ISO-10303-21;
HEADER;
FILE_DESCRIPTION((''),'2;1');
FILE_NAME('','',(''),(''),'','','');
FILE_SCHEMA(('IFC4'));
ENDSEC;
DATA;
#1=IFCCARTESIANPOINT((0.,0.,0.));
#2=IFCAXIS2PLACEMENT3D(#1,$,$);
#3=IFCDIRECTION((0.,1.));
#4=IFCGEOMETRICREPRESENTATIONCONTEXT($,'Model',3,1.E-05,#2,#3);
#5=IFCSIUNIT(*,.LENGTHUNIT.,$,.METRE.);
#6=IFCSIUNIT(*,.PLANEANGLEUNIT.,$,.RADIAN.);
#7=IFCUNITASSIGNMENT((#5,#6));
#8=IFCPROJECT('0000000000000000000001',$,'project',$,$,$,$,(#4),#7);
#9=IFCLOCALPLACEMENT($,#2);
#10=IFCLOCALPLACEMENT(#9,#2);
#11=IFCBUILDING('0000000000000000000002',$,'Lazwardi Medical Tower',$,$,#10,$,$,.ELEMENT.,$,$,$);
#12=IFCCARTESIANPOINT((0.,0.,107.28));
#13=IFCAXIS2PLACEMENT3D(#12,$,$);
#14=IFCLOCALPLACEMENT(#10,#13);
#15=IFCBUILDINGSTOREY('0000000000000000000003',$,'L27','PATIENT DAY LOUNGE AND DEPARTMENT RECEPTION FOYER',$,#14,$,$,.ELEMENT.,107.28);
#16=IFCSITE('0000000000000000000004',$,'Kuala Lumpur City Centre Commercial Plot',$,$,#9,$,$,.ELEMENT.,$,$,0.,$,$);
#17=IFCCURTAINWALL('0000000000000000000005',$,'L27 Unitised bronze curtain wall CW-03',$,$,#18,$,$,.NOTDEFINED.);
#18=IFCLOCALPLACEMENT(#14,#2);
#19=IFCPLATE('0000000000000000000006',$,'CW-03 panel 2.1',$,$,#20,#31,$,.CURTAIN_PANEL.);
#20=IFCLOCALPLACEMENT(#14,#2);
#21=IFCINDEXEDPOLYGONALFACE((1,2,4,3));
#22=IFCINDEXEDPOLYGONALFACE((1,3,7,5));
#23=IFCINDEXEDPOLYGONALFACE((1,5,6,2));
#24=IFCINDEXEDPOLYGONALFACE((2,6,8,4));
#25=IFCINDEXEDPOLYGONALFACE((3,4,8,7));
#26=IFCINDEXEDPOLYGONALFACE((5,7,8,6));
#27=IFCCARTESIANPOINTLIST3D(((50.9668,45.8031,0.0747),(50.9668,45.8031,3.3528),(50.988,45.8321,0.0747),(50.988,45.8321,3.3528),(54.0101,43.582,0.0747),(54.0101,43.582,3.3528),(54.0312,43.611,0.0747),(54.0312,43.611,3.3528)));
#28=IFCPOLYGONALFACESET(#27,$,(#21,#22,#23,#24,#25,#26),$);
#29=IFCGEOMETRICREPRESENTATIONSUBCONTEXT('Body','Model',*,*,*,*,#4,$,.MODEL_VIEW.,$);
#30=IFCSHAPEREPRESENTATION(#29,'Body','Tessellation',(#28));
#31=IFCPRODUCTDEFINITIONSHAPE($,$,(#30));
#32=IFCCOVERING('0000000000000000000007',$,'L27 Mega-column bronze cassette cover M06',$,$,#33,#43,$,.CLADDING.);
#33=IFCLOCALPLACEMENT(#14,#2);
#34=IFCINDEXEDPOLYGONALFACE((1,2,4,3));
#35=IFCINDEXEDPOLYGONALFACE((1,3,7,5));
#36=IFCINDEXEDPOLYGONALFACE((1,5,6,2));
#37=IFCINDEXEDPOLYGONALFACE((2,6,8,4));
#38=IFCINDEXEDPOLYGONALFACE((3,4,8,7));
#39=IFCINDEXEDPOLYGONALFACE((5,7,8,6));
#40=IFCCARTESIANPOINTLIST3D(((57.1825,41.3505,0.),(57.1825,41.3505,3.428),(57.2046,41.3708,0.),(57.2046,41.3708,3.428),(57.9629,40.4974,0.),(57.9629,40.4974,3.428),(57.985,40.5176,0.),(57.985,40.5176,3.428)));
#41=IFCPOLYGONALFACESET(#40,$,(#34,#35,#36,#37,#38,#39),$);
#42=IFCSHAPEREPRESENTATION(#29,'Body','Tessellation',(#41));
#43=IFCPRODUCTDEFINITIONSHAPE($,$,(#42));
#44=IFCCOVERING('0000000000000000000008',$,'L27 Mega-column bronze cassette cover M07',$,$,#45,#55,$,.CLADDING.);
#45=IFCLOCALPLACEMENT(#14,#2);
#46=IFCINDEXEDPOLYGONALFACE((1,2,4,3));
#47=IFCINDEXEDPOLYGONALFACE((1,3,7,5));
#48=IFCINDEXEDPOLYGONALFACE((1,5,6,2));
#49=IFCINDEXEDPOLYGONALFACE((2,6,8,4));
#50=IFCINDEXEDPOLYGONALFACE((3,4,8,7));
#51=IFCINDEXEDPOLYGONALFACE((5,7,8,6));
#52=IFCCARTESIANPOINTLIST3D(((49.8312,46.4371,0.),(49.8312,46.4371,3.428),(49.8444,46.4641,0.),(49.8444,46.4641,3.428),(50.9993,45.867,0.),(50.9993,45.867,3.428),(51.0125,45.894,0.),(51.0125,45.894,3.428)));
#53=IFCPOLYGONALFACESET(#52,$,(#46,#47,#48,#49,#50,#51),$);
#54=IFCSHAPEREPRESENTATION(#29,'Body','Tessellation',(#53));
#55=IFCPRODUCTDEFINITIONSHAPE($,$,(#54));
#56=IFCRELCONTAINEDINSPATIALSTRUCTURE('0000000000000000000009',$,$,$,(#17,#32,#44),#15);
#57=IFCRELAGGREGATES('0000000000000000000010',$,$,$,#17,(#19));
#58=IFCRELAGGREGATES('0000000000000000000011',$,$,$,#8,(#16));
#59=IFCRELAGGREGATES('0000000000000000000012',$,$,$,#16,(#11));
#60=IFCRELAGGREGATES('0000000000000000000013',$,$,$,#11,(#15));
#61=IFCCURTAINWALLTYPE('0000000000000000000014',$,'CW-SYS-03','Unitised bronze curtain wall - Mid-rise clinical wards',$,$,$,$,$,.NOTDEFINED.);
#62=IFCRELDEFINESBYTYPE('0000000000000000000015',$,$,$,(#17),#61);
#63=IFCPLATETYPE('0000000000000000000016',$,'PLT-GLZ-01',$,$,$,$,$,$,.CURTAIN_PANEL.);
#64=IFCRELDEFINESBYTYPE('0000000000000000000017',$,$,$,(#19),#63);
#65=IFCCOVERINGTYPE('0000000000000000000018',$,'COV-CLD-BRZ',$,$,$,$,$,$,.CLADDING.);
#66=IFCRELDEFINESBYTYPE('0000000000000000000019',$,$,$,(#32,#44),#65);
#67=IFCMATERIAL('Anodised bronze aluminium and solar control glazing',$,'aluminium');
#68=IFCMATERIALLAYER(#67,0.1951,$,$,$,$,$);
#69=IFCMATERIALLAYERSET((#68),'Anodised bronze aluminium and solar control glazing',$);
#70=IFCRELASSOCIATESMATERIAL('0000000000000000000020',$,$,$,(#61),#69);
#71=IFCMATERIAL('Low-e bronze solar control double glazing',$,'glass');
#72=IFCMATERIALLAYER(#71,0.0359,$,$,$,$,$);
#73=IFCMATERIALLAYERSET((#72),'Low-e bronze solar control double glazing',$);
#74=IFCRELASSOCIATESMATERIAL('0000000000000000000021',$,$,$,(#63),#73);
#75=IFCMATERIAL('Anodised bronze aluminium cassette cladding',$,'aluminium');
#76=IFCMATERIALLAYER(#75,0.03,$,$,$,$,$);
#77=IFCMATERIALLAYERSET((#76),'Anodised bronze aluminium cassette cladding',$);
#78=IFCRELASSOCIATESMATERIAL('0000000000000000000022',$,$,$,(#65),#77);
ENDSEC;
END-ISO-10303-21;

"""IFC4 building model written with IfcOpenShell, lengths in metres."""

from ifc_helpers import new_model, si_unit, direction, frame, origin, origin_2d, place, context, subcontext, project, spatial, rectangle, extrude, material, layer, layer_set, type_object, element, aggregate, save


model = new_model("IFC4")

# Units and contexts
model_context = context("Model", 3, precision=1e-05, world=origin(), true_north=direction((0.0, 1.0)))
body_context = subcontext(model_context, "Body", "Model", "MODEL_VIEW")
ifc_project = project(units=[si_unit("LENGTHUNIT", "METRE"), si_unit("PLANEANGLEUNIT", "RADIAN")], contexts=[model_context])

# Site, building, storey
site_placement = place(None, origin())
site = spatial("IfcSite", under=ifc_project, at=site_placement, Name="Kuala Lumpur City Centre Commercial Plot", CompositionType="ELEMENT", RefElevation=0.0)
building_placement = place(site_placement, origin())
building = spatial("IfcBuilding", under=site, at=building_placement, Name="Lazwardi Medical Tower", CompositionType="ELEMENT")
storey_placement = place(building_placement, frame((0.0, 0.0, 107.28)))
storey = spatial("IfcBuildingStorey", under=building, at=storey_placement, Name="L27", Description="PATIENT DAY LOUNGE AND DEPARTMENT RECEPTION FOYER", CompositionType="ELEMENT", Elevation=107.28)

# Shared definitions
ifc_material_1 = material(Name="Anodised bronze aluminium and solar control glazing", Category="aluminium")
ifc_layer_1 = layer(ifc_material_1, 0.1951)
ifc_layer_set_1 = layer_set([ifc_layer_1], Name="Anodised bronze aluminium and solar control glazing")
curtain_wall_type = type_object("IfcCurtainWallType", Name="CW-SYS-03", Description="Unitised bronze curtain wall - Mid-rise clinical wards", PredefinedType="NOTDEFINED", material=ifc_layer_set_1)

# Curtain wall
curtain_wall_1_placement = place(storey_placement, origin())
curtain_wall_1 = element("IfcCurtainWall", 1, at=curtain_wall_1_placement, inside=storey, type_object=curtain_wall_type, Name="L27 Unitised bronze curtain wall CW-03", PredefinedType="NOTDEFINED")

# Plate
ifc_material_2 = material(Name="Low-e bronze solar control double glazing", Category="glass")
ifc_layer_2 = layer(ifc_material_2, 0.0359)
ifc_layer_set_2 = layer_set([ifc_layer_2], Name="Low-e bronze solar control double glazing")
plate_type = type_object("IfcPlateType", Name="PLT-GLZ-01", PredefinedType="CURTAIN_PANEL", material=ifc_layer_set_2)
plate_1_placement = place(storey_placement, frame((52.499, 44.707, 0.0747), z_axis=(0.0, 0.0, 1.0), x_axis=(-0.807746, 0.589531, 0.0)))
plate_1 = element("IfcPlate", 2, at=plate_1_placement, type_object=plate_type, Name="CW-03 panel 2.1", PredefinedType="CURTAIN_PANEL", context=body_context, shape_type="SweptSolid", body=[
    extrude(rectangle(XDim=3.7676, YDim=0.0359, at=origin_2d()), origin(), (0.0, 0.0, 1.0), 3.2781),
])
aggregate(curtain_wall_1, [plate_1])

# Coverings
ifc_material_3 = material(Name="Anodised bronze aluminium cassette cladding", Category="aluminium")
ifc_layer_3 = layer(ifc_material_3, 0.03)
ifc_layer_set_3 = layer_set([ifc_layer_3], Name="Anodised bronze aluminium cassette cladding")
covering_type = type_object("IfcCoveringType", Name="COV-CLD-BRZ", PredefinedType="CLADDING", material=ifc_layer_set_3)
covering_1_placement = place(storey_placement, frame((57.5837, 40.9341, 0.0), z_axis=(0.0, 0.0, 1.0), x_axis=(-0.674926, 0.737885, 0.0)))
element("IfcCovering", 3, at=covering_1_placement, inside=storey, type_object=covering_type, Name="L27 Mega-column bronze cassette cover M06", PredefinedType="CLADDING", context=body_context, shape_type="SweptSolid", body=[
    extrude(rectangle(XDim=1.1562, YDim=0.03, at=origin_2d()), origin(), (0.0, 0.0, 1.0), 3.428),
])
covering_2_placement = place(storey_placement, frame((50.4219, 46.1655, 0.0), z_axis=(0.0, 0.0, 1.0), x_axis=(-0.898679, 0.438606, 0.0)))
element("IfcCovering", 4, at=covering_2_placement, inside=storey, type_object=covering_type, Name="L27 Mega-column bronze cassette cover M07", PredefinedType="CLADDING", context=body_context, shape_type="SweptSolid", body=[
    extrude(rectangle(XDim=1.2998, YDim=0.03, at=origin_2d()), origin(), (0.0, 0.0, 1.0), 3.428),
])

save(model, "model.ifc")
